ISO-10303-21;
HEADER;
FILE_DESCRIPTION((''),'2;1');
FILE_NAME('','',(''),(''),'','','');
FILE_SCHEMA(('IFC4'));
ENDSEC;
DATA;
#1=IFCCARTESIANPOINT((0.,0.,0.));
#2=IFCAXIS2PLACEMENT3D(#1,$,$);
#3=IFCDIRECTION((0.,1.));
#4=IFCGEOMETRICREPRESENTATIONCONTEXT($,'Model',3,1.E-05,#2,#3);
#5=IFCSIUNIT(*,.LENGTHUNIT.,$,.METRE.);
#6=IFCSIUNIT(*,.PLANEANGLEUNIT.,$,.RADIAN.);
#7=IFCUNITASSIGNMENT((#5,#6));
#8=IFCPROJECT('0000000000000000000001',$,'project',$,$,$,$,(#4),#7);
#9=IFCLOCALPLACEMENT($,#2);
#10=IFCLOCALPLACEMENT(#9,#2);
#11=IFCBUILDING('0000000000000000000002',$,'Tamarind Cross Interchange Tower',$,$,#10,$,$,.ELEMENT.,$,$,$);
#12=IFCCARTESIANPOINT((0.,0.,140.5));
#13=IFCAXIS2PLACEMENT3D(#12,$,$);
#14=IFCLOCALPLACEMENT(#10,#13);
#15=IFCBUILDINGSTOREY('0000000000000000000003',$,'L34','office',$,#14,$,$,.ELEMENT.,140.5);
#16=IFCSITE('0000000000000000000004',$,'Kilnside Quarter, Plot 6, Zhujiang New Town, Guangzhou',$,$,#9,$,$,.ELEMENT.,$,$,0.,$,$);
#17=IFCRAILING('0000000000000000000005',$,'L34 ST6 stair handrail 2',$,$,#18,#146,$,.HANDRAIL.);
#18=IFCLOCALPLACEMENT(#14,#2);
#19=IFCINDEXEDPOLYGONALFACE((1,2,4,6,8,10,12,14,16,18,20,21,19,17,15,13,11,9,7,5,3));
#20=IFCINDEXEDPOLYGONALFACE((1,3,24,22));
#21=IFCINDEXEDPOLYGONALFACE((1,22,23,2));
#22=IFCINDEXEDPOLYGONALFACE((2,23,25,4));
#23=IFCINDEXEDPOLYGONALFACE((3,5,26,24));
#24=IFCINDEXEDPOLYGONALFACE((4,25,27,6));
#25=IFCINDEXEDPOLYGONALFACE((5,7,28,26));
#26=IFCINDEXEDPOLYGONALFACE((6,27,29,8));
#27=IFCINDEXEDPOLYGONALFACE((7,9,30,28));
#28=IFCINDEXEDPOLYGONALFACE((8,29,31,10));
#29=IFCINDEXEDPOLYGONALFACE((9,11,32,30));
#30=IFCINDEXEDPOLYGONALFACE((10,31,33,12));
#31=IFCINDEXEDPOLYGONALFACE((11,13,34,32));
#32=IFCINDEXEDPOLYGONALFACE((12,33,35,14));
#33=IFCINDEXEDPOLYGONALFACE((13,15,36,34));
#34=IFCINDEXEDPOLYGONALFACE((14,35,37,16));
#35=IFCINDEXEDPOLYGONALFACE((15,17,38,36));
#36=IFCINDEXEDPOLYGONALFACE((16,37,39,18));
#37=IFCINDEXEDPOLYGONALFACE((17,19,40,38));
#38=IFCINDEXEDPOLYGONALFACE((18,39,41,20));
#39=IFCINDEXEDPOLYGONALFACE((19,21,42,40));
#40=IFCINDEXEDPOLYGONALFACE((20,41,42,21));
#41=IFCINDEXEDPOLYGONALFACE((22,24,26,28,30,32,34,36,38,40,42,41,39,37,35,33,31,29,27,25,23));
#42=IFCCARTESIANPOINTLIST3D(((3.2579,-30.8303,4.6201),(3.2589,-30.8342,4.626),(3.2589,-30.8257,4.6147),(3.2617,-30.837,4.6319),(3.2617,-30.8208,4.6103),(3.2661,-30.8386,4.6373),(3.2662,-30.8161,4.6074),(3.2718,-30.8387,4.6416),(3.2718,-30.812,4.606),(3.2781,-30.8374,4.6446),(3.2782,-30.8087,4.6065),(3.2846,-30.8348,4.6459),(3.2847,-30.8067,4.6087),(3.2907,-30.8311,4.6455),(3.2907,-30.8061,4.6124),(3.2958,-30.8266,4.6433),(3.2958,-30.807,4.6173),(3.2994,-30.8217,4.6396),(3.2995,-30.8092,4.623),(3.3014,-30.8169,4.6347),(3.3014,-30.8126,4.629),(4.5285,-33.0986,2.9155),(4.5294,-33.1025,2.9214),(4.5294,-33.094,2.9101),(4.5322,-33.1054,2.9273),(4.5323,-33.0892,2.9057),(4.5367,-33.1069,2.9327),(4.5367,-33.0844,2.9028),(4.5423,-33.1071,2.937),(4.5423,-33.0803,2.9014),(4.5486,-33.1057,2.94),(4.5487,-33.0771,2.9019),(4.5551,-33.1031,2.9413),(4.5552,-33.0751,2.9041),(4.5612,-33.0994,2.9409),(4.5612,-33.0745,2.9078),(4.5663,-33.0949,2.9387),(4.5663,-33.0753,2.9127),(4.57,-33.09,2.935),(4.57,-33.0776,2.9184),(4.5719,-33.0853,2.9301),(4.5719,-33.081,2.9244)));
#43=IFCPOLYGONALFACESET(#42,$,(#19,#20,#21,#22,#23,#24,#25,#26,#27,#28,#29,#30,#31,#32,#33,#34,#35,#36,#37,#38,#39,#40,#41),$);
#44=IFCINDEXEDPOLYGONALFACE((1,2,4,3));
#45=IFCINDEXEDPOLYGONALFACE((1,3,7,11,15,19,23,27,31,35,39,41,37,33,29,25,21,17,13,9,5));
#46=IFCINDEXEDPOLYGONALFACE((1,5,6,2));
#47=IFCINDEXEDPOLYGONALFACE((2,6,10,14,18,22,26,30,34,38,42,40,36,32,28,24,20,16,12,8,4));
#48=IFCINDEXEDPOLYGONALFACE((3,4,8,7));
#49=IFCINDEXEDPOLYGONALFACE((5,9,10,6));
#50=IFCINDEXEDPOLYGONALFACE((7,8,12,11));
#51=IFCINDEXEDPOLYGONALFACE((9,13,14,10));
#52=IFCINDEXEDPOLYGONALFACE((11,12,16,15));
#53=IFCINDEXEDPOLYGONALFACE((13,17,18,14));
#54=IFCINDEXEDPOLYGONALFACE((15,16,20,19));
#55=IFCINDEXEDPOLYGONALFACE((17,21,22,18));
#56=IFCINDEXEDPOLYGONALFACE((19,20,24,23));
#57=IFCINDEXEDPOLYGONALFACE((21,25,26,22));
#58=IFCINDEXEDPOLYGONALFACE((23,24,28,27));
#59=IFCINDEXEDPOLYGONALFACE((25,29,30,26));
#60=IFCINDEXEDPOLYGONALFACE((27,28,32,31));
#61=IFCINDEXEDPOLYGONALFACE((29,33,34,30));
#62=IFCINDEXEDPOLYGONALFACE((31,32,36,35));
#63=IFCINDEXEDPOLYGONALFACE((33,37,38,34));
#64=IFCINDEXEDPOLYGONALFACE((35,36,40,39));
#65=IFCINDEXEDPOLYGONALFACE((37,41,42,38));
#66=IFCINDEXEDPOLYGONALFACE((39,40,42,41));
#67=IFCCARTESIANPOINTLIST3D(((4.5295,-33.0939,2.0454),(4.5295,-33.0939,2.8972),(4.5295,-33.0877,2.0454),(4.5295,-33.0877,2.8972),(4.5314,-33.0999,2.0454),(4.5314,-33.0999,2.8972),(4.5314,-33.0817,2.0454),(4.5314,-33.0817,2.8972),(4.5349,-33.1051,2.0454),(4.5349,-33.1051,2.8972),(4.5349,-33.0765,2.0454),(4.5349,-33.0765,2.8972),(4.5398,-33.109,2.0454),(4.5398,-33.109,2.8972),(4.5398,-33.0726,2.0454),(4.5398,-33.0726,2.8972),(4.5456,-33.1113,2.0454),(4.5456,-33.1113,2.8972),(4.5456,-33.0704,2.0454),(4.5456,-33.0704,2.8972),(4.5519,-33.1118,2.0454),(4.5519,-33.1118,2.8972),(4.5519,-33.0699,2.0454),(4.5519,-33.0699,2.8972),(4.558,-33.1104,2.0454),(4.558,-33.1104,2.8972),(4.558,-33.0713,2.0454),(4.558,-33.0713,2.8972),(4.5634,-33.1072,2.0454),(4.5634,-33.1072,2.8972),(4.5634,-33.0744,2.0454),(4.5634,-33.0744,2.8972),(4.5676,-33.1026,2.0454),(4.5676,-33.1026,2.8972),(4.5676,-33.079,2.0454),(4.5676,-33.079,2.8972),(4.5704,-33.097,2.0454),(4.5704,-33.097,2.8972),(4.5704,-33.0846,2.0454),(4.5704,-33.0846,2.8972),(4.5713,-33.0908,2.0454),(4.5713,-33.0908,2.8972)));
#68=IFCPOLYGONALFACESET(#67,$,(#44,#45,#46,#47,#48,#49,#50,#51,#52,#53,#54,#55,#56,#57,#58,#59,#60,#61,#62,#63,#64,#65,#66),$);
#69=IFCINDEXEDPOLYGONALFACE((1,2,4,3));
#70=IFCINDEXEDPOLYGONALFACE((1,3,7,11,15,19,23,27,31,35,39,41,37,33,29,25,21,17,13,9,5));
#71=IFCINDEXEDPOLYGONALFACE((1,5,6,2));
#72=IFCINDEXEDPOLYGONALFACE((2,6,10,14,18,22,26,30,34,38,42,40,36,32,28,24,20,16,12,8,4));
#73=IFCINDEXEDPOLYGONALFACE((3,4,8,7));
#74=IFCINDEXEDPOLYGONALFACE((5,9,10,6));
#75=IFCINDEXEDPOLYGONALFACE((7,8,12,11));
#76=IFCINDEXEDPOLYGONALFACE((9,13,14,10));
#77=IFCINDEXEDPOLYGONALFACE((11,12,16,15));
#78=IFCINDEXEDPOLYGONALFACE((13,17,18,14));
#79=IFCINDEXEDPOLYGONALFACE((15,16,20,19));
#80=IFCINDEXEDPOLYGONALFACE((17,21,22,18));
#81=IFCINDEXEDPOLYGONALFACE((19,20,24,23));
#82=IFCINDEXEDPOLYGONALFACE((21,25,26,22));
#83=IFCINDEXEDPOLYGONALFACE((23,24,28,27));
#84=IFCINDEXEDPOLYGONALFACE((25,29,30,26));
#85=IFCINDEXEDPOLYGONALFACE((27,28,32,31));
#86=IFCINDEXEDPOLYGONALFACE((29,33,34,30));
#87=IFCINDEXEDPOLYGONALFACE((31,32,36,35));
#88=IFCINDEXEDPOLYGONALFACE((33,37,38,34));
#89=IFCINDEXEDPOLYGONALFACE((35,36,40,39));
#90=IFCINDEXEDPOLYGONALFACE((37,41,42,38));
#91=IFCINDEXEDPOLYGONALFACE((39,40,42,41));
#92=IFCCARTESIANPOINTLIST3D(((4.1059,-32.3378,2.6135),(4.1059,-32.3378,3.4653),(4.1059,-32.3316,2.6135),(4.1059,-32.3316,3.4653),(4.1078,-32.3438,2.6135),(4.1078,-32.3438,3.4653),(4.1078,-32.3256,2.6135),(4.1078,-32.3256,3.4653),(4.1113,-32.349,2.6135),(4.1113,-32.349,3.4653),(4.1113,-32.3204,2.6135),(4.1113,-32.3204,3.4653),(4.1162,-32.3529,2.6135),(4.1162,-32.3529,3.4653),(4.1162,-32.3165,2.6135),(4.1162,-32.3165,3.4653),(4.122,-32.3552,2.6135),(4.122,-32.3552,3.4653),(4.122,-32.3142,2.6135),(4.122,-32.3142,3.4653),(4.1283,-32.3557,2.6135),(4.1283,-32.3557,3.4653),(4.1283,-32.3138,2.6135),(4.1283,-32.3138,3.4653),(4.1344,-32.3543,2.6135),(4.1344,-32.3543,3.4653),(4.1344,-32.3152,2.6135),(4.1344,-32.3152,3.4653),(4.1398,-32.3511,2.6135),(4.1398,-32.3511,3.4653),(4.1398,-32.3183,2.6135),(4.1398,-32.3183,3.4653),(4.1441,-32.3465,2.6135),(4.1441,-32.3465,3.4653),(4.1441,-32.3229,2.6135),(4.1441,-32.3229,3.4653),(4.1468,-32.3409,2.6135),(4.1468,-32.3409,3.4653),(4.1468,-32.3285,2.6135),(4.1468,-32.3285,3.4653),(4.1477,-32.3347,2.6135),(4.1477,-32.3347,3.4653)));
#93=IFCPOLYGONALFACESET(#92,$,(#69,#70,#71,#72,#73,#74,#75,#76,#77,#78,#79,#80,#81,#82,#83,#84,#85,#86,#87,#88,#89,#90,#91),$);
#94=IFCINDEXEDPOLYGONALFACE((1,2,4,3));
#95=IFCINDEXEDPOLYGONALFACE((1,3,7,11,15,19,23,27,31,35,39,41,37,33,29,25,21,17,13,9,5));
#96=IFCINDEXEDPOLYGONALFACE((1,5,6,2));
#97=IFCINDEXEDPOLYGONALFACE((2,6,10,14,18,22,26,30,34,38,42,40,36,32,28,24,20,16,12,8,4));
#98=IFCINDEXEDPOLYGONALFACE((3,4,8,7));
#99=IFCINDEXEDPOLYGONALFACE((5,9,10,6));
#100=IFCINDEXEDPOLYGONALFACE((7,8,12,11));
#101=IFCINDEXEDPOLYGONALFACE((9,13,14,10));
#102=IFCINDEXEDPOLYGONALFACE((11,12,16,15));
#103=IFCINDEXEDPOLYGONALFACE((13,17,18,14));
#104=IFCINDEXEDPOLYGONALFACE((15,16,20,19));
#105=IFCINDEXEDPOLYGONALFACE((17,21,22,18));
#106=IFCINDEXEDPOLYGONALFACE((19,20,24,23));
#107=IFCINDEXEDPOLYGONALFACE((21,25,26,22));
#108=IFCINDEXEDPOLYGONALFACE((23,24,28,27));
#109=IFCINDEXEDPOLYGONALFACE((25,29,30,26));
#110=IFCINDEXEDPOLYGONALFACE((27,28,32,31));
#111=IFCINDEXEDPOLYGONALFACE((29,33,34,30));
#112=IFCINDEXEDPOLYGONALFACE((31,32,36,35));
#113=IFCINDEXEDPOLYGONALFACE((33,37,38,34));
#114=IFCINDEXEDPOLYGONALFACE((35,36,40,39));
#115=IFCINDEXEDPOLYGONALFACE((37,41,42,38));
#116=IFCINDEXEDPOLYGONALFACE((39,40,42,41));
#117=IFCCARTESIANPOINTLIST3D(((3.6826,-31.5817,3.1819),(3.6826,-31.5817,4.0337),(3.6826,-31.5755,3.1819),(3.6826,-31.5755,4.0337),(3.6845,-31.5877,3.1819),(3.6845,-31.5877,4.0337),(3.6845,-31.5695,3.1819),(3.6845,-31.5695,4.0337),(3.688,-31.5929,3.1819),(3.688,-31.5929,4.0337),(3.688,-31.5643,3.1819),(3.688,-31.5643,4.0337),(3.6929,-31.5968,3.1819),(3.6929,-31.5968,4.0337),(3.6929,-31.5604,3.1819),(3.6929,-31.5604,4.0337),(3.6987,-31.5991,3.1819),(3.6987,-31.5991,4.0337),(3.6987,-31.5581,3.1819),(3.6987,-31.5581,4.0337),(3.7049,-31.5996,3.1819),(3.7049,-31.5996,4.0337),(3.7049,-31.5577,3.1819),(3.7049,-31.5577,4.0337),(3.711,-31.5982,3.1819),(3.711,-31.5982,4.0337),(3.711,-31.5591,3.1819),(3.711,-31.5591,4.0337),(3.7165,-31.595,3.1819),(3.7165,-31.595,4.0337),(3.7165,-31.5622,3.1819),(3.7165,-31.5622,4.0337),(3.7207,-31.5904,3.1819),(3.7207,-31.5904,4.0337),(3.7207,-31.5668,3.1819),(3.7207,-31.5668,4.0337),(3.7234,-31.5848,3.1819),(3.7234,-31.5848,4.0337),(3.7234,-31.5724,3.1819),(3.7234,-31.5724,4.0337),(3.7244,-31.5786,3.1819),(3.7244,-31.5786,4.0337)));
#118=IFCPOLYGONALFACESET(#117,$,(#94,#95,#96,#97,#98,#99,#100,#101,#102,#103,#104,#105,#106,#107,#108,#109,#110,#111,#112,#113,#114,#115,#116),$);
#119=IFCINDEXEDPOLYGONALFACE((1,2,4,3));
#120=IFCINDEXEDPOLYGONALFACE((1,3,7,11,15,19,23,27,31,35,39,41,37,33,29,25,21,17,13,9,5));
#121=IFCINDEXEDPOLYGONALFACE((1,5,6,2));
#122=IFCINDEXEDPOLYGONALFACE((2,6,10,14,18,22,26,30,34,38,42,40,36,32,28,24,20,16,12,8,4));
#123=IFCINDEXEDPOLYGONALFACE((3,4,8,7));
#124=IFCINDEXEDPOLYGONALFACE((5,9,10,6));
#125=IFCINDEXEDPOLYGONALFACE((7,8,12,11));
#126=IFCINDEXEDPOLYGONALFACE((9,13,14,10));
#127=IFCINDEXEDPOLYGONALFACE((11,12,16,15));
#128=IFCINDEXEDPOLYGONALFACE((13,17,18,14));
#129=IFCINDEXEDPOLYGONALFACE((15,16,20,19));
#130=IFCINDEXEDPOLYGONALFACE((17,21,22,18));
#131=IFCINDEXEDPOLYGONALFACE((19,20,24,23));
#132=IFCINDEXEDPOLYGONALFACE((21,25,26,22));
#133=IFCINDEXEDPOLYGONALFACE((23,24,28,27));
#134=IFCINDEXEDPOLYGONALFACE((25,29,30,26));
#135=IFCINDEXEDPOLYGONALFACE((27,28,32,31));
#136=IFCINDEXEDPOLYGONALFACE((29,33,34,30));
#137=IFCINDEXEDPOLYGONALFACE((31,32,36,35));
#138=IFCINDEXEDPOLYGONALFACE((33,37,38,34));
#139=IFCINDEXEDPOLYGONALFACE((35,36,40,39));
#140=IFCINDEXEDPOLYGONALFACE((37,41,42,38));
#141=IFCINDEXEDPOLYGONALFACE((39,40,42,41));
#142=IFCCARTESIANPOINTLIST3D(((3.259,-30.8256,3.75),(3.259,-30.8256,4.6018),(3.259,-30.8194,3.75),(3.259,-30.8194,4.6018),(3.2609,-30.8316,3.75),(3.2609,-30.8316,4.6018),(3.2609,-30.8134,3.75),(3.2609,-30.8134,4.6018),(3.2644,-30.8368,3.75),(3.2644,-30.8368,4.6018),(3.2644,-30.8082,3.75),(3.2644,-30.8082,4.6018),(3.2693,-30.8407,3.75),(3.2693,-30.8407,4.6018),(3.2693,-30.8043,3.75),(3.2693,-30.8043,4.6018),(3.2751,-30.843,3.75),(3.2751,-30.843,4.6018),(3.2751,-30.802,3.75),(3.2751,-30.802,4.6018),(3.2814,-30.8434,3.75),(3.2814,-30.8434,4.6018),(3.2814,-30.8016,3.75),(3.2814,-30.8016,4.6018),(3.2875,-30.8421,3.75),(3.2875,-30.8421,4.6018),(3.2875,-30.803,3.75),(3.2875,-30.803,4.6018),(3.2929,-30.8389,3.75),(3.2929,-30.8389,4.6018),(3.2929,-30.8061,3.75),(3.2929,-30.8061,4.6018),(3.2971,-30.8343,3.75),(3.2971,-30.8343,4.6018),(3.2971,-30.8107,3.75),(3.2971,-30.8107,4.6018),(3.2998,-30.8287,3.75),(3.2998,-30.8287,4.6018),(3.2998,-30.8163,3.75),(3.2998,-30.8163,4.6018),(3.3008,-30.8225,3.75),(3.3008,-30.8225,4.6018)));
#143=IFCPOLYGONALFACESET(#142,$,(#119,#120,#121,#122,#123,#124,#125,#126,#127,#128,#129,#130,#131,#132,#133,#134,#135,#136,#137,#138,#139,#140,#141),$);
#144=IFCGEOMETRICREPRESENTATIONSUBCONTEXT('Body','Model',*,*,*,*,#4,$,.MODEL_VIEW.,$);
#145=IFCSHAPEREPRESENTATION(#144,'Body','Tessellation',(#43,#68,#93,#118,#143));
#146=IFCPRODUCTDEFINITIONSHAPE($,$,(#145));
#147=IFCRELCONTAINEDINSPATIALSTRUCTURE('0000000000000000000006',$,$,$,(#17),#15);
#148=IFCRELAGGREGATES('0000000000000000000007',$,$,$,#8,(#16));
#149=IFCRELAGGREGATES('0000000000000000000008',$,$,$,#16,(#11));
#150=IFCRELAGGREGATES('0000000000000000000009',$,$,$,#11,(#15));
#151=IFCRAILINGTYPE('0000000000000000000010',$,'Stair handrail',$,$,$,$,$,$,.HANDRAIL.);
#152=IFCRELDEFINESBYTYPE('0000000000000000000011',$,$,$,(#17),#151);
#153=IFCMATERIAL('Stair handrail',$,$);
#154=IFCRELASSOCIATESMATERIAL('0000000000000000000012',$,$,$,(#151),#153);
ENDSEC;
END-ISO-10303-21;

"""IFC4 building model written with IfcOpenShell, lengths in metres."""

from ifc_helpers import new_model, si_unit, direction, frame, origin, origin_2d, place, context, subcontext, project, spatial, circle, extrude, material, type_object, element, save


model = new_model("IFC4")

# Units and contexts
model_context = context("Model", 3, precision=1e-05, world=origin(), true_north=direction((0.0, 1.0)))
body_context = subcontext(model_context, "Body", "Model", "MODEL_VIEW")
ifc_project = project(units=[si_unit("LENGTHUNIT", "METRE"), si_unit("PLANEANGLEUNIT", "RADIAN")], contexts=[model_context])

# Site, building, storey
site_placement = place(None, origin())
site = spatial("IfcSite", under=ifc_project, at=site_placement, Name="Kilnside Quarter, Plot 6, Zhujiang New Town, Guangzhou", CompositionType="ELEMENT", RefElevation=0.0)
building_placement = place(site_placement, origin())
building = spatial("IfcBuilding", under=site, at=building_placement, Name="Tamarind Cross Interchange Tower", CompositionType="ELEMENT")
storey_placement = place(building_placement, frame((0.0, 0.0, 140.5)))
storey = spatial("IfcBuildingStorey", under=building, at=storey_placement, Name="L34", Description="office", CompositionType="ELEMENT", Elevation=140.5)

# Railing
ifc_material_1 = material(Name="Stair handrail")
railing_type_1 = type_object("IfcRailingType", Name="Stair handrail", PredefinedType="HANDRAIL", material=ifc_material_1)
railing_1_placement = place(storey_placement, frame((4.5503, -33.0908, 2.0454)))
element("IfcRailing", 1, at=railing_1_placement, inside=storey, type_object=railing_type_1, Name="L34 ST6 stair handrail 2", PredefinedType="HANDRAIL", context=body_context, shape_type="SweptSolid", body=[
    extrude(circle(Radius=0.0239, at=origin_2d()), frame((0.0, 0.0, 0.876), z_axis=(-0.408672, 0.729626, 0.5483), x_axis=(-0.872464, -0.488678, 0.0)), (0.0, 0.0, 1.0), 3.1089),
    extrude(circle(Radius=0.021, at=origin_2d()), origin(), (0.0, 0.0, 1.0), 0.8518),
    extrude(circle(Radius=0.021, at=origin_2d()), frame((-0.4236, 0.7561, 0.5681)), (0.0, 0.0, 1.0), 0.8518),
    extrude(circle(Radius=0.021, at=origin_2d()), frame((-0.8469, 1.5122, 1.1365)), (0.0, 0.0, 1.0), 0.8518),
    extrude(circle(Radius=0.021, at=origin_2d()), frame((-1.2705, 2.2683, 1.7046)), (0.0, 0.0, 1.0), 0.8518),
])

save(model, "model.ifc")
